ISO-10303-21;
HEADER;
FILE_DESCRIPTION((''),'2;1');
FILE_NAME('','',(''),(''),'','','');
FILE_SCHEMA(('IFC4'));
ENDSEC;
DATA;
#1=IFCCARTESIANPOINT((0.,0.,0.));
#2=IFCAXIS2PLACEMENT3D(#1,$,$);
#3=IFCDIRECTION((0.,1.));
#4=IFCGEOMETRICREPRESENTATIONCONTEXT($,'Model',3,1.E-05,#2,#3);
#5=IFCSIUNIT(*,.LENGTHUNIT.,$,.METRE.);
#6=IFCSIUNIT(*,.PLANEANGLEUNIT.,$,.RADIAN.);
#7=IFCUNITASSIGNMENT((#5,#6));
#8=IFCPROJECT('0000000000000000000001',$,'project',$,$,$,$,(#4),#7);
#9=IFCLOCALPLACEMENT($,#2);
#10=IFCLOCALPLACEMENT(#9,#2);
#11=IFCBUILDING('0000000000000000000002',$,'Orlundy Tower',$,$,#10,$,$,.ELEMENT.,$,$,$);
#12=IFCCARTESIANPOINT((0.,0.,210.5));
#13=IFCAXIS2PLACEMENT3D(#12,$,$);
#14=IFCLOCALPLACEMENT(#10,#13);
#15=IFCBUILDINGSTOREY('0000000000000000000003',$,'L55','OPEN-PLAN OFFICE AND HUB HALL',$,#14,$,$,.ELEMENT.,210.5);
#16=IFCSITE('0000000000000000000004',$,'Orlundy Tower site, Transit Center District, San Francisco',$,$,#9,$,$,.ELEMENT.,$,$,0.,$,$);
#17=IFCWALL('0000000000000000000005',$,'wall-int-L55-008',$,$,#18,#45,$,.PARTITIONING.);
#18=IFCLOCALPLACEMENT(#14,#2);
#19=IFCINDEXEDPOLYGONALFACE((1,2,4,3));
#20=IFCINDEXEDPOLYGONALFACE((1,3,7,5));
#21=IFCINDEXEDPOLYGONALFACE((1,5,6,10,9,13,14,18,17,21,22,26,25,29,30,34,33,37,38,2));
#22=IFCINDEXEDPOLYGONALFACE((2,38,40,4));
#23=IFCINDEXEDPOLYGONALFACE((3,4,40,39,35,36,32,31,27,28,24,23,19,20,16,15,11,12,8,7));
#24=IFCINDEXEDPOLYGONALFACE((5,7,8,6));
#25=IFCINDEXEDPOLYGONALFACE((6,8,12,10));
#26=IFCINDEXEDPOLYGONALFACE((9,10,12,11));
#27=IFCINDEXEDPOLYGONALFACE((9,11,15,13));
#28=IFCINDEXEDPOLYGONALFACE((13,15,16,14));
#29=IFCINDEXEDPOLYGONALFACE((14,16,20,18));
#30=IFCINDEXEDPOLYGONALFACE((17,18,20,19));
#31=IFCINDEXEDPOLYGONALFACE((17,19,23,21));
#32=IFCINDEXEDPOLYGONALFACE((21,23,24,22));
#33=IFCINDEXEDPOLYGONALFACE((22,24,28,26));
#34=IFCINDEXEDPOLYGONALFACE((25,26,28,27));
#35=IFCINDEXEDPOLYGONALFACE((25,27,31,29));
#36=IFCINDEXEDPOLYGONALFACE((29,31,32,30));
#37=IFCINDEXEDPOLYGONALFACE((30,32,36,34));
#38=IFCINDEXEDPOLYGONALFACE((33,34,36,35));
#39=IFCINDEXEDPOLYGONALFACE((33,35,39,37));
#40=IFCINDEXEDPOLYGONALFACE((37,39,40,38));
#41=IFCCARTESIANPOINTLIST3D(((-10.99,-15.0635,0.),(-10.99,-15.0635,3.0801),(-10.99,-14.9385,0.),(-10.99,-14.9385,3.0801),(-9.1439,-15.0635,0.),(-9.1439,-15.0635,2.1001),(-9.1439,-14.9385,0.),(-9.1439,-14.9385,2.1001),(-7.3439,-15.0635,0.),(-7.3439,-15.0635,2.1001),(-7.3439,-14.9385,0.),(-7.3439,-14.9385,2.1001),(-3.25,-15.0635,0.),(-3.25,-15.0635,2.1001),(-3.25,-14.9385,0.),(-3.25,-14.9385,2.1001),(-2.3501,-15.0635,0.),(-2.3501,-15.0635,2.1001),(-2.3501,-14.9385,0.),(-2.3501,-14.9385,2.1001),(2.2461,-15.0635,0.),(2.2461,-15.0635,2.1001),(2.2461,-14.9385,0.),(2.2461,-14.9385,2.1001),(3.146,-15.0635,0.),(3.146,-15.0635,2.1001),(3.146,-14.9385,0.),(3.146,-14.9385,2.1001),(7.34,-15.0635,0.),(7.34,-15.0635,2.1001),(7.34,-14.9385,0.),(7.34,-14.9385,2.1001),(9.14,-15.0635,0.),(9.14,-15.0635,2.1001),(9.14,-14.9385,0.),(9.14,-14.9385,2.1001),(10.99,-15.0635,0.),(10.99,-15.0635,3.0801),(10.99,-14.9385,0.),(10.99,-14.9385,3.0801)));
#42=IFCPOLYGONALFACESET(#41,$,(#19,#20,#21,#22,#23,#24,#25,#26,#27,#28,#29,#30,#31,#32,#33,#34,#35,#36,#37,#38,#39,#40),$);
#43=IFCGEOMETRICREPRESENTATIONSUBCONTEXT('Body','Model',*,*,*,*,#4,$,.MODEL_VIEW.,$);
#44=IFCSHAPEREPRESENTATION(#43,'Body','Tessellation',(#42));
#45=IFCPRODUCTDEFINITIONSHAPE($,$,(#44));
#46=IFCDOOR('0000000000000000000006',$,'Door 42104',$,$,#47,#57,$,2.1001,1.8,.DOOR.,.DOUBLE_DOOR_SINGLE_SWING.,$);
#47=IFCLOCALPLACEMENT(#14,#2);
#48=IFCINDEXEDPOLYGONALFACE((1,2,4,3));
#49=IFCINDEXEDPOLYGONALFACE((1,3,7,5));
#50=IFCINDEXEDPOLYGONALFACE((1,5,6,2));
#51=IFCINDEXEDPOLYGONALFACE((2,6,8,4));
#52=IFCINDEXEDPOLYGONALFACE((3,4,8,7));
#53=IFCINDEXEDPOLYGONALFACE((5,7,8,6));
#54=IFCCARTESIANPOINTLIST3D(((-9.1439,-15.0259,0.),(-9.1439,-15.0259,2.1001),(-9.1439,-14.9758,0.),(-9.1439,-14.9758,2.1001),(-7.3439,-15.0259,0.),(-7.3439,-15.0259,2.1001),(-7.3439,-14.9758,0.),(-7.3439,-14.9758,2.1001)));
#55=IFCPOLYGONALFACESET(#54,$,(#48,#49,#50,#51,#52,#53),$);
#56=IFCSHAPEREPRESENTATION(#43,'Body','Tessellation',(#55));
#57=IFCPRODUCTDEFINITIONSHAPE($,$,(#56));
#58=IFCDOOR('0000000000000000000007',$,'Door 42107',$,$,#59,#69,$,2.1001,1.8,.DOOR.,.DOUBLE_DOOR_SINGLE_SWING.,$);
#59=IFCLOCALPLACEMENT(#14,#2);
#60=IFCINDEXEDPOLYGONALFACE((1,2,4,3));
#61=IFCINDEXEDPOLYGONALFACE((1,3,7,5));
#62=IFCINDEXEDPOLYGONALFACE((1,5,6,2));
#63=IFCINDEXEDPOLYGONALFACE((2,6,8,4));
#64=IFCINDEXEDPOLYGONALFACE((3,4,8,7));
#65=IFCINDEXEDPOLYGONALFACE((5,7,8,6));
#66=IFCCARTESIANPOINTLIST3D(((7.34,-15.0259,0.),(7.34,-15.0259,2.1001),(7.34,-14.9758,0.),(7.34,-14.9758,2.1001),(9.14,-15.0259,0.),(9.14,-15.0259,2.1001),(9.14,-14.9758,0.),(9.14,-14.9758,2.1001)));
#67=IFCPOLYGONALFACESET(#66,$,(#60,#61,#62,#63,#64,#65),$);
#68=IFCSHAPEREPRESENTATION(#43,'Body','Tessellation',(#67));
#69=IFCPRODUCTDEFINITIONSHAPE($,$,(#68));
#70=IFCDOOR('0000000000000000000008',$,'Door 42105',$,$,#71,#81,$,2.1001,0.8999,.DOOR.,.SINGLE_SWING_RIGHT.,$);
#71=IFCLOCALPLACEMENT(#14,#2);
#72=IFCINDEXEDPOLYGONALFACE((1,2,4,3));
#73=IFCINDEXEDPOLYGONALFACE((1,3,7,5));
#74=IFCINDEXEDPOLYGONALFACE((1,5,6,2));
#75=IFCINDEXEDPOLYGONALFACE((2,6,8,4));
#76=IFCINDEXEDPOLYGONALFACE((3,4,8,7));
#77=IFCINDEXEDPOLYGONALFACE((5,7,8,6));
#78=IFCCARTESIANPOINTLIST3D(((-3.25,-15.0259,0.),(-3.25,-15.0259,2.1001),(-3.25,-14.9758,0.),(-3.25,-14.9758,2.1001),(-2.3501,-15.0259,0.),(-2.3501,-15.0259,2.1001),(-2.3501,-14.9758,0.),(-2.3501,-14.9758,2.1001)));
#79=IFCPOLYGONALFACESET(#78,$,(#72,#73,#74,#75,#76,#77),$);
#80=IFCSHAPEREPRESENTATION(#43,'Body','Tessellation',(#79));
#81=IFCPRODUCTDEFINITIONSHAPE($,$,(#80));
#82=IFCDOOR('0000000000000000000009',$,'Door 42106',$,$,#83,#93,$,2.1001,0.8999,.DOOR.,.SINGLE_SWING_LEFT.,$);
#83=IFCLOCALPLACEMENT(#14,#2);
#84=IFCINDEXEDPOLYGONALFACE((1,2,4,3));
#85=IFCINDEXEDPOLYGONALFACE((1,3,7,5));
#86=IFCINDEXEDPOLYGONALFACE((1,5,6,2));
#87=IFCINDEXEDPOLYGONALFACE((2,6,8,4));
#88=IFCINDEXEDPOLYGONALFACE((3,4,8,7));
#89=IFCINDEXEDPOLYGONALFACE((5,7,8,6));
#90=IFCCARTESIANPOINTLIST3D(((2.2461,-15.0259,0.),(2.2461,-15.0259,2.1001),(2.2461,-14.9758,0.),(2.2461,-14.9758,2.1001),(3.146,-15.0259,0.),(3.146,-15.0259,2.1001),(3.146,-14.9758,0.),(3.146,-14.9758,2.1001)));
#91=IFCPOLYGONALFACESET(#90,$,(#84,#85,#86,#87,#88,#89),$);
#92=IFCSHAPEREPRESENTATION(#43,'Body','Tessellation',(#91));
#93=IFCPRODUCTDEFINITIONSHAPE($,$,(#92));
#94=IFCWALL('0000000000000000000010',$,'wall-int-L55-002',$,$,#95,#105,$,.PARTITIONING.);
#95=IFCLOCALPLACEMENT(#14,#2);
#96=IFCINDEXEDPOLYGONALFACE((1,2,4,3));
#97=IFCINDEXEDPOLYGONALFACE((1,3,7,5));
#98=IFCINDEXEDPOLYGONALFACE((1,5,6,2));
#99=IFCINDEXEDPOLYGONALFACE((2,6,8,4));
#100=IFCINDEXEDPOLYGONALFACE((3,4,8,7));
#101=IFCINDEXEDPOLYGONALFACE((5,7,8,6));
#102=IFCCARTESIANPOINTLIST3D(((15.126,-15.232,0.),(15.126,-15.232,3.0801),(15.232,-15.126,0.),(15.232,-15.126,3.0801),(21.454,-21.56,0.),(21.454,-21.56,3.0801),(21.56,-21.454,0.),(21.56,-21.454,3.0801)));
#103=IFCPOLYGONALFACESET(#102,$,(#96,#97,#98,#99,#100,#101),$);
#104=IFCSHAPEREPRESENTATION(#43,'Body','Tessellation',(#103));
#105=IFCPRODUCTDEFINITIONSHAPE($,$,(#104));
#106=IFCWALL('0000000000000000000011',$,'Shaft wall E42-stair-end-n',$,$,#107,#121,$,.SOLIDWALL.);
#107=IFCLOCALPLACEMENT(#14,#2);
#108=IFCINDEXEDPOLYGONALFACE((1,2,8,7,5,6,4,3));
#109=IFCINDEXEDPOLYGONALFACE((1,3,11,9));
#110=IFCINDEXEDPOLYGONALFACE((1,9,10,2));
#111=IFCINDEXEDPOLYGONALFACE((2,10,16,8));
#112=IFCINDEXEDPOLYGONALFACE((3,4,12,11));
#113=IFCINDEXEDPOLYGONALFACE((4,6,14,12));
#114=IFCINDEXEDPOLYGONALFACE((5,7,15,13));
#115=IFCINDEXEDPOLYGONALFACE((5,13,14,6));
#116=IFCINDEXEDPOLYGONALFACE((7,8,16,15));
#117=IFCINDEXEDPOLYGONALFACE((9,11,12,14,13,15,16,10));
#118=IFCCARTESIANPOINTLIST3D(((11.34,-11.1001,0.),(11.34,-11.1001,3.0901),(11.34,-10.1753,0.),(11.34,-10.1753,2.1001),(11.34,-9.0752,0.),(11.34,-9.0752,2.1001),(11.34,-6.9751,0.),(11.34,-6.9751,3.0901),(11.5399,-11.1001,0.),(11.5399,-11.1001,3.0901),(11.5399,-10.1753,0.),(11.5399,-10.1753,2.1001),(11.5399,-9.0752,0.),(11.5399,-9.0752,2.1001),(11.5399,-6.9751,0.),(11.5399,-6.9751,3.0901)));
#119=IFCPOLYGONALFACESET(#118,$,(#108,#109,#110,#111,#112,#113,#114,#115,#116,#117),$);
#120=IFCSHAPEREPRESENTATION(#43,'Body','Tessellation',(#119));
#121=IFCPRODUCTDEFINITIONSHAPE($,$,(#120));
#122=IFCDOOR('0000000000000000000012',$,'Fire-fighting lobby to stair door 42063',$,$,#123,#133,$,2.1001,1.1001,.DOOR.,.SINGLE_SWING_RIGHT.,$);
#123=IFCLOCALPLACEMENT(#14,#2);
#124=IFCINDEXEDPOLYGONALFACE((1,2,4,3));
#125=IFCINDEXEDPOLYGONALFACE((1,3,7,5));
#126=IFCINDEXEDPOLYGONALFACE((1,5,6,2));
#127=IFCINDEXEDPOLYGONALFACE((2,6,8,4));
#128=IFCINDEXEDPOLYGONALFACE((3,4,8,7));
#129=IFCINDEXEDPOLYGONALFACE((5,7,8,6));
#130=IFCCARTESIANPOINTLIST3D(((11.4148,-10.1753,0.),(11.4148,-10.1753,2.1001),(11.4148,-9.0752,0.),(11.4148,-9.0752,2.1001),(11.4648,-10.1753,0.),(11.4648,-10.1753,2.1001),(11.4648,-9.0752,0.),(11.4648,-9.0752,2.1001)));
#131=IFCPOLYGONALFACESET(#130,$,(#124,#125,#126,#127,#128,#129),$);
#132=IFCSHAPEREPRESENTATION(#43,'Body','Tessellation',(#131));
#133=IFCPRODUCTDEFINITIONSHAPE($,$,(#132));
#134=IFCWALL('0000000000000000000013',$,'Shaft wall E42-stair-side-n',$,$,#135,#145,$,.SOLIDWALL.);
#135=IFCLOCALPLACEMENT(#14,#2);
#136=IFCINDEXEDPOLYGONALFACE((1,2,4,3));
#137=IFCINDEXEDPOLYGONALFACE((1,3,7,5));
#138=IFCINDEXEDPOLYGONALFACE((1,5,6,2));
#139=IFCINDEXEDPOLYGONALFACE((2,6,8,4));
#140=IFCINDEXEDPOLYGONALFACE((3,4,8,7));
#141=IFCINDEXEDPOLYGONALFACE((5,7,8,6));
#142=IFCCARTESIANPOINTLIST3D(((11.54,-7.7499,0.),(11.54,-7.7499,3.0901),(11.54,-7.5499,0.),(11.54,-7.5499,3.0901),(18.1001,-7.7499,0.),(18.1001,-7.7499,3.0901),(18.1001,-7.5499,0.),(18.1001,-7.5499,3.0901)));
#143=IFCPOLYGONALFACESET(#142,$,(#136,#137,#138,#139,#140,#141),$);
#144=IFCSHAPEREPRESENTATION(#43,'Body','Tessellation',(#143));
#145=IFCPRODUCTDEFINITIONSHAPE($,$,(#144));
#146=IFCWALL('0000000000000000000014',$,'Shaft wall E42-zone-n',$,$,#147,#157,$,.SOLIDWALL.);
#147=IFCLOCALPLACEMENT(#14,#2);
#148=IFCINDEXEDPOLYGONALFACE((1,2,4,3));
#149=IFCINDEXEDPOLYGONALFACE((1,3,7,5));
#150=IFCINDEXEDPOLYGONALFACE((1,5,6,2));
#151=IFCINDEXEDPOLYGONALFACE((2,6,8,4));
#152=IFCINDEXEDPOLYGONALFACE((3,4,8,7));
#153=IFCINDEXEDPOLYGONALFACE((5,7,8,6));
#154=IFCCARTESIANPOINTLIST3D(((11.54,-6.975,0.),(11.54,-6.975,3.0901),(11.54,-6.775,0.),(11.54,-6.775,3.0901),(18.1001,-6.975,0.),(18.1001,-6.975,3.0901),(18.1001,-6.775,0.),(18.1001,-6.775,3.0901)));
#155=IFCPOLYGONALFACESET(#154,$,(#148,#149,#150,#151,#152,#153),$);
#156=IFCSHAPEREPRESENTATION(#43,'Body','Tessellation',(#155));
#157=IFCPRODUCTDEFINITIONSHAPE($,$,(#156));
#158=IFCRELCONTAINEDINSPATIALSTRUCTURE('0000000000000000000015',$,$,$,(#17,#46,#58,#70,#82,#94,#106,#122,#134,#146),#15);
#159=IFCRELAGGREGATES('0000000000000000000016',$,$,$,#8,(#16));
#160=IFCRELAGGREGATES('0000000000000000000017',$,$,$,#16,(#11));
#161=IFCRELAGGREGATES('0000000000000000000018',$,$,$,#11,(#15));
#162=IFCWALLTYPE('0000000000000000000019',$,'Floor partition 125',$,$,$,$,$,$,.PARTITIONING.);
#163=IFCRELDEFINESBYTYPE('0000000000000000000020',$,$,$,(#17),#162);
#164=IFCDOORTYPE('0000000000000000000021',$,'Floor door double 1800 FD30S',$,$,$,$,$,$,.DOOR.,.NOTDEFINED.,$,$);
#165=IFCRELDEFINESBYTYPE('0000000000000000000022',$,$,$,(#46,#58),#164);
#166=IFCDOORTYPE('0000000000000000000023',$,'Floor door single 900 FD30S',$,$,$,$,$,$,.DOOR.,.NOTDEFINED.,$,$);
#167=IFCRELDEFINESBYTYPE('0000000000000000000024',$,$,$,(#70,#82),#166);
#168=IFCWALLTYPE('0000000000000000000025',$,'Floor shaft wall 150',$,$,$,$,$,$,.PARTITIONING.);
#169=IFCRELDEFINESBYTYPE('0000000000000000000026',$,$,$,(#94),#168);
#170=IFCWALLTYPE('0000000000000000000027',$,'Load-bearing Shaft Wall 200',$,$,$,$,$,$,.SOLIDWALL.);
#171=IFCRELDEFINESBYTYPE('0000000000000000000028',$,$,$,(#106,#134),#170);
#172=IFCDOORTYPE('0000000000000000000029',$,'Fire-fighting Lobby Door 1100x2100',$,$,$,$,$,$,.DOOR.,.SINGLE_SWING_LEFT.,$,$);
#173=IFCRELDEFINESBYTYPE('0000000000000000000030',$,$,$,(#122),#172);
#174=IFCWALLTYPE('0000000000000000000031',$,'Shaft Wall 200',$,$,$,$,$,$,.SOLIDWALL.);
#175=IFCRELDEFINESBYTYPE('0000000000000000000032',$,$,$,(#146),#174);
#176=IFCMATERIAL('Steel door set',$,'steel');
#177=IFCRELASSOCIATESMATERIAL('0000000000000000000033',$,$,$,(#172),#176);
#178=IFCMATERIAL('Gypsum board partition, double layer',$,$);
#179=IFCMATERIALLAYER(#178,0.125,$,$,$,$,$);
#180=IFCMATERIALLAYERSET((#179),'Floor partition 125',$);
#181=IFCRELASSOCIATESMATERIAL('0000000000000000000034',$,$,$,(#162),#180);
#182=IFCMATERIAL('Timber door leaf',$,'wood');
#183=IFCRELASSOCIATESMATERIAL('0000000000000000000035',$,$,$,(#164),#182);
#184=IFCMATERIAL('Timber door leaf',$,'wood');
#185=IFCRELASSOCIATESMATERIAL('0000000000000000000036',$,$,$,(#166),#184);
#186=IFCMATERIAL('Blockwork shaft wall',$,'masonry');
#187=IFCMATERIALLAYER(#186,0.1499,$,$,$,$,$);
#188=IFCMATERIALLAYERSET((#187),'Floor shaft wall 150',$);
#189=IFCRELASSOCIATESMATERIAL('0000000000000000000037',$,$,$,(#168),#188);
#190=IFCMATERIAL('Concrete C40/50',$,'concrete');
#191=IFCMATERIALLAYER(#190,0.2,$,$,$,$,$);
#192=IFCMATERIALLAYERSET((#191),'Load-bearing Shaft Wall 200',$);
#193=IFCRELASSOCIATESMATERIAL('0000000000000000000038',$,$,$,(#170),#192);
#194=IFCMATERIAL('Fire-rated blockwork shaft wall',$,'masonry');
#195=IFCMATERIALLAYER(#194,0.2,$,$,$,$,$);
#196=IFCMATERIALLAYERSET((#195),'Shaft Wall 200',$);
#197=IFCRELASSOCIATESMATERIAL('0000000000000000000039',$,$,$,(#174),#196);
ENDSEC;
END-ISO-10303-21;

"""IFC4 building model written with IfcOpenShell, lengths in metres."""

from ifc_helpers import new_model, si_unit, direction, frame, frame_2d, origin, place, context, subcontext, project, spatial, rectangle, extrude, material, layer, layer_set, type_object, element, fill, save


model = new_model("IFC4")

# Units and contexts
model_context = context("Model", 3, precision=1e-05, world=origin(), true_north=direction((0.0, 1.0)))
body_context = subcontext(model_context, "Body", "Model", "MODEL_VIEW")
ifc_project = project(units=[si_unit("LENGTHUNIT", "METRE"), si_unit("PLANEANGLEUNIT", "RADIAN")], contexts=[model_context])

# Site, building, storey
site_placement = place(None, origin())
site = spatial("IfcSite", under=ifc_project, at=site_placement, Name="Orlundy Tower site, Transit Center District, San Francisco", CompositionType="ELEMENT", RefElevation=0.0)
building_placement = place(site_placement, origin())
building = spatial("IfcBuilding", under=site, at=building_placement, Name="Orlundy Tower", CompositionType="ELEMENT")
storey_placement = place(building_placement, frame((0.0, 0.0, 210.5)))
storey = spatial("IfcBuildingStorey", under=building, at=storey_placement, Name="L55", Description="OPEN-PLAN OFFICE AND HUB HALL", CompositionType="ELEMENT", Elevation=210.5)

# Shared definitions
ifc_material_1 = material(Name="Steel door set", Category="steel")
door_type_1 = type_object("IfcDoorType", Name="Fire-fighting Lobby Door 1100x2100", OperationType="SINGLE_SWING_LEFT", PredefinedType="DOOR", material=ifc_material_1)

# Wall, openings, doors
ifc_material_2 = material(Name="Gypsum board partition, double layer")
ifc_layer_1 = layer(ifc_material_2, 0.125)
ifc_layer_set_1 = layer_set([ifc_layer_1], Name="Floor partition 125")
wall_type_1 = type_object("IfcWallType", Name="Floor partition 125", PredefinedType="PARTITIONING", material=ifc_layer_set_1)
wall_1_placement = place(storey_placement, frame((10.99, -15.001, 0.0), z_axis=(0.0, 0.0, 1.0), x_axis=(-1.0, 0.0, 0.0)))
wall_1 = element("IfcWall", 1, at=wall_1_placement, inside=storey, type_object=wall_type_1, Name="wall-int-L55-008", PredefinedType="PARTITIONING", context=body_context, shape_type="SweptSolid", body=[
    extrude(rectangle(XDim=21.98, YDim=0.125, at=frame_2d((10.99, 0.0))), origin(), (0.0, 0.0, 1.0), 3.0801),
])
opening_1_placement = place(wall_1_placement, frame((18.334, 0.0, 0.0)))
opening_1 = element("IfcOpeningElement", 2, at=opening_1_placement, cuts=wall_1, PredefinedType="OPENING", context=body_context, shape_type="SweptSolid", body=[
    extrude(rectangle(XDim=1.8, YDim=2.1001, at=frame_2d((0.8999, 1.05))), frame((0.0, 0.0725, 0.0), z_axis=(0.0, -1.0, 0.0), x_axis=(1.0, 0.0, 0.0)), (0.0, 0.0, 1.0), 0.145),
])
opening_2_placement = place(wall_1_placement, frame((13.3401, 0.0, 0.0)))
opening_2 = element("IfcOpeningElement", 3, at=opening_2_placement, cuts=wall_1, PredefinedType="OPENING", context=body_context, shape_type="SweptSolid", body=[
    extrude(rectangle(XDim=0.8999, YDim=2.1001, at=frame_2d((0.45, 1.05))), frame((0.0, 0.0725, 0.0), z_axis=(0.0, -1.0, 0.0), x_axis=(1.0, 0.0, 0.0)), (0.0, 0.0, 1.0), 0.145),
])
opening_3_placement = place(wall_1_placement, frame((7.844, 0.0, 0.0)))
opening_3 = element("IfcOpeningElement", 4, at=opening_3_placement, cuts=wall_1, PredefinedType="OPENING", context=body_context, shape_type="SweptSolid", body=[
    extrude(rectangle(XDim=0.8999, YDim=2.1001, at=frame_2d((0.45, 1.05))), frame((0.0, 0.0725, 0.0), z_axis=(0.0, -1.0, 0.0), x_axis=(1.0, 0.0, 0.0)), (0.0, 0.0, 1.0), 0.145),
])
opening_4_placement = place(wall_1_placement, frame((1.8501, 0.0, 0.0)))
opening_4 = element("IfcOpeningElement", 5, at=opening_4_placement, cuts=wall_1, PredefinedType="OPENING", context=body_context, shape_type="SweptSolid", body=[
    extrude(rectangle(XDim=1.8, YDim=2.1001, at=frame_2d((0.8999, 1.05))), frame((0.0, 0.0725, 0.0), z_axis=(0.0, -1.0, 0.0), x_axis=(1.0, 0.0, 0.0)), (0.0, 0.0, 1.0), 0.145),
])
ifc_material_3 = material(Name="Timber door leaf", Category="wood")
door_type_2 = type_object("IfcDoorType", Name="Floor door double 1800 FD30S", OperationType="NOTDEFINED", PredefinedType="DOOR", material=ifc_material_3)
door_1_placement = place(opening_1_placement, origin())
door_1 = element("IfcDoor", 6, at=door_1_placement, inside=storey, type_object=door_type_2, Name="Door 42104", OperationType="DOUBLE_DOOR_SINGLE_SWING", OverallHeight=2.1001, OverallWidth=1.8, PredefinedType="DOOR", context=body_context, shape_type="SweptSolid", body=[
    extrude(rectangle(XDim=1.8, YDim=2.1001, at=frame_2d((0.8999, 1.05))), frame((0.0, 0.0249, 0.0), z_axis=(0.0, -1.0, 0.0), x_axis=(1.0, 0.0, 0.0)), (0.0, 0.0, 1.0), 0.05),
])
fill(opening_1, door_1)
door_2_placement = place(opening_4_placement, origin())
door_2 = element("IfcDoor", 7, at=door_2_placement, inside=storey, type_object=door_type_2, Name="Door 42107", OperationType="DOUBLE_DOOR_SINGLE_SWING", OverallHeight=2.1001, OverallWidth=1.8, PredefinedType="DOOR", context=body_context, shape_type="SweptSolid", body=[
    extrude(rectangle(XDim=1.8, YDim=2.1001, at=frame_2d((0.8999, 1.05))), frame((0.0, 0.0249, 0.0), z_axis=(0.0, -1.0, 0.0), x_axis=(1.0, 0.0, 0.0)), (0.0, 0.0, 1.0), 0.05),
])
fill(opening_4, door_2)
ifc_material_4 = material(Name="Timber door leaf", Category="wood")
door_type_3 = type_object("IfcDoorType", Name="Floor door single 900 FD30S", OperationType="NOTDEFINED", PredefinedType="DOOR", material=ifc_material_4)
door_3_placement = place(opening_2_placement, origin())
door_3 = element("IfcDoor", 8, at=door_3_placement, inside=storey, type_object=door_type_3, Name="Door 42105", OperationType="SINGLE_SWING_RIGHT", OverallHeight=2.1001, OverallWidth=0.8999, PredefinedType="DOOR", context=body_context, shape_type="SweptSolid", body=[
    extrude(rectangle(XDim=0.8999, YDim=2.1001, at=frame_2d((0.45, 1.05))), frame((0.0, 0.0249, 0.0), z_axis=(0.0, -1.0, 0.0), x_axis=(1.0, 0.0, 0.0)), (0.0, 0.0, 1.0), 0.05),
])
fill(opening_2, door_3)
door_4_placement = place(opening_3_placement, origin())
door_4 = element("IfcDoor", 9, at=door_4_placement, inside=storey, type_object=door_type_3, Name="Door 42106", OperationType="SINGLE_SWING_LEFT", OverallHeight=2.1001, OverallWidth=0.8999, PredefinedType="DOOR", context=body_context, shape_type="SweptSolid", body=[
    extrude(rectangle(XDim=0.8999, YDim=2.1001, at=frame_2d((0.45, 1.05))), frame((0.0, 0.0249, 0.0), z_axis=(0.0, -1.0, 0.0), x_axis=(1.0, 0.0, 0.0)), (0.0, 0.0, 1.0), 0.05),
])
fill(opening_3, door_4)

# Wall
ifc_material_5 = material(Name="Blockwork shaft wall", Category="masonry")
ifc_layer_2 = layer(ifc_material_5, 0.1499)
ifc_layer_set_2 = layer_set([ifc_layer_2], Name="Floor shaft wall 150")
wall_type_2 = type_object("IfcWallType", Name="Floor shaft wall 150", PredefinedType="PARTITIONING", material=ifc_layer_set_2)
wall_2_placement = place(storey_placement, frame((15.179, -15.179, 0.0), z_axis=(0.0, 0.0, 1.0), x_axis=(0.707107, -0.707107, 0.0)))
element("IfcWall", 10, at=wall_2_placement, inside=storey, type_object=wall_type_2, Name="wall-int-L55-002", PredefinedType="PARTITIONING", context=body_context, shape_type="SweptSolid", body=[
    extrude(rectangle(XDim=8.9492, YDim=0.1499, at=frame_2d((4.4746, 0.0))), origin(), (0.0, 0.0, 1.0), 3.0801),
])

# Wall, opening, door
ifc_material_6 = material(Name="Concrete C40/50", Category="concrete")
ifc_layer_3 = layer(ifc_material_6, 0.2)
ifc_layer_set_3 = layer_set([ifc_layer_3], Name="Load-bearing Shaft Wall 200")
wall_type_3 = type_object("IfcWallType", Name="Load-bearing Shaft Wall 200", PredefinedType="SOLIDWALL", material=ifc_layer_set_3)
wall_3_placement = place(storey_placement, frame((11.4399, -6.9751, 0.0), z_axis=(0.0, 0.0, 1.0), x_axis=(0.0, -1.0, 0.0)))
wall_3 = element("IfcWall", 11, at=wall_3_placement, inside=storey, type_object=wall_type_3, Name="Shaft wall E42-stair-end-n", PredefinedType="SOLIDWALL", context=body_context, shape_type="SweptSolid", body=[
    extrude(rectangle(XDim=4.125, YDim=0.2, at=frame_2d((2.0625, 0.0))), origin(), (0.0, 0.0, 1.0), 3.0901),
])
opening_5_placement = place(wall_3_placement, frame((2.1001, 0.0, 0.0)))
opening_5 = element("IfcOpeningElement", 12, at=opening_5_placement, cuts=wall_3, PredefinedType="OPENING", context=body_context, shape_type="SweptSolid", body=[
    extrude(rectangle(XDim=1.1001, YDim=2.1001, at=frame_2d((0.55, 1.05))), frame((0.0, 0.1101, 0.0), z_axis=(0.0, -1.0, 0.0), x_axis=(1.0, 0.0, 0.0)), (0.0, 0.0, 1.0), 0.2202),
])
door_5_placement = place(opening_5_placement, origin())
door_5 = element("IfcDoor", 13, at=door_5_placement, inside=storey, type_object=door_type_1, Name="Fire-fighting lobby to stair door 42063", OperationType="SINGLE_SWING_RIGHT", OverallHeight=2.1001, OverallWidth=1.1001, PredefinedType="DOOR", context=body_context, shape_type="SweptSolid", body=[
    extrude(rectangle(XDim=1.1001, YDim=2.1001, at=frame_2d((0.55, 1.05))), frame((0.0, 0.0249, 0.0), z_axis=(0.0, -1.0, 0.0), x_axis=(1.0, 0.0, 0.0)), (0.0, 0.0, 1.0), 0.05),
])
fill(opening_5, door_5)

# Walls
wall_4_placement = place(storey_placement, frame((11.54, -7.6499, 0.0), z_axis=(0.0, 0.0, 1.0), x_axis=(1.0, 0.0, 0.0)))
element("IfcWall", 14, at=wall_4_placement, inside=storey, type_object=wall_type_3, Name="Shaft wall E42-stair-side-n", PredefinedType="SOLIDWALL", context=body_context, shape_type="SweptSolid", body=[
    extrude(rectangle(XDim=6.5601, YDim=0.2, at=frame_2d((3.28, 0.0))), origin(), (0.0, 0.0, 1.0), 3.0901),
])
ifc_material_7 = material(Name="Fire-rated blockwork shaft wall", Category="masonry")
ifc_layer_4 = layer(ifc_material_7, 0.2)
ifc_layer_set_4 = layer_set([ifc_layer_4], Name="Shaft Wall 200")
wall_type_4 = type_object("IfcWallType", Name="Shaft Wall 200", PredefinedType="SOLIDWALL", material=ifc_layer_set_4)
wall_5_placement = place(storey_placement, frame((11.54, -6.875, 0.0), z_axis=(0.0, 0.0, 1.0), x_axis=(1.0, 0.0, 0.0)))
element("IfcWall", 15, at=wall_5_placement, inside=storey, type_object=wall_type_4, Name="Shaft wall E42-zone-n", PredefinedType="SOLIDWALL", context=body_context, shape_type="SweptSolid", body=[
    extrude(rectangle(XDim=6.5601, YDim=0.2, at=frame_2d((3.28, 0.0))), origin(), (0.0, 0.0, 1.0), 3.0901),
])

save(model, "model.ifc")
